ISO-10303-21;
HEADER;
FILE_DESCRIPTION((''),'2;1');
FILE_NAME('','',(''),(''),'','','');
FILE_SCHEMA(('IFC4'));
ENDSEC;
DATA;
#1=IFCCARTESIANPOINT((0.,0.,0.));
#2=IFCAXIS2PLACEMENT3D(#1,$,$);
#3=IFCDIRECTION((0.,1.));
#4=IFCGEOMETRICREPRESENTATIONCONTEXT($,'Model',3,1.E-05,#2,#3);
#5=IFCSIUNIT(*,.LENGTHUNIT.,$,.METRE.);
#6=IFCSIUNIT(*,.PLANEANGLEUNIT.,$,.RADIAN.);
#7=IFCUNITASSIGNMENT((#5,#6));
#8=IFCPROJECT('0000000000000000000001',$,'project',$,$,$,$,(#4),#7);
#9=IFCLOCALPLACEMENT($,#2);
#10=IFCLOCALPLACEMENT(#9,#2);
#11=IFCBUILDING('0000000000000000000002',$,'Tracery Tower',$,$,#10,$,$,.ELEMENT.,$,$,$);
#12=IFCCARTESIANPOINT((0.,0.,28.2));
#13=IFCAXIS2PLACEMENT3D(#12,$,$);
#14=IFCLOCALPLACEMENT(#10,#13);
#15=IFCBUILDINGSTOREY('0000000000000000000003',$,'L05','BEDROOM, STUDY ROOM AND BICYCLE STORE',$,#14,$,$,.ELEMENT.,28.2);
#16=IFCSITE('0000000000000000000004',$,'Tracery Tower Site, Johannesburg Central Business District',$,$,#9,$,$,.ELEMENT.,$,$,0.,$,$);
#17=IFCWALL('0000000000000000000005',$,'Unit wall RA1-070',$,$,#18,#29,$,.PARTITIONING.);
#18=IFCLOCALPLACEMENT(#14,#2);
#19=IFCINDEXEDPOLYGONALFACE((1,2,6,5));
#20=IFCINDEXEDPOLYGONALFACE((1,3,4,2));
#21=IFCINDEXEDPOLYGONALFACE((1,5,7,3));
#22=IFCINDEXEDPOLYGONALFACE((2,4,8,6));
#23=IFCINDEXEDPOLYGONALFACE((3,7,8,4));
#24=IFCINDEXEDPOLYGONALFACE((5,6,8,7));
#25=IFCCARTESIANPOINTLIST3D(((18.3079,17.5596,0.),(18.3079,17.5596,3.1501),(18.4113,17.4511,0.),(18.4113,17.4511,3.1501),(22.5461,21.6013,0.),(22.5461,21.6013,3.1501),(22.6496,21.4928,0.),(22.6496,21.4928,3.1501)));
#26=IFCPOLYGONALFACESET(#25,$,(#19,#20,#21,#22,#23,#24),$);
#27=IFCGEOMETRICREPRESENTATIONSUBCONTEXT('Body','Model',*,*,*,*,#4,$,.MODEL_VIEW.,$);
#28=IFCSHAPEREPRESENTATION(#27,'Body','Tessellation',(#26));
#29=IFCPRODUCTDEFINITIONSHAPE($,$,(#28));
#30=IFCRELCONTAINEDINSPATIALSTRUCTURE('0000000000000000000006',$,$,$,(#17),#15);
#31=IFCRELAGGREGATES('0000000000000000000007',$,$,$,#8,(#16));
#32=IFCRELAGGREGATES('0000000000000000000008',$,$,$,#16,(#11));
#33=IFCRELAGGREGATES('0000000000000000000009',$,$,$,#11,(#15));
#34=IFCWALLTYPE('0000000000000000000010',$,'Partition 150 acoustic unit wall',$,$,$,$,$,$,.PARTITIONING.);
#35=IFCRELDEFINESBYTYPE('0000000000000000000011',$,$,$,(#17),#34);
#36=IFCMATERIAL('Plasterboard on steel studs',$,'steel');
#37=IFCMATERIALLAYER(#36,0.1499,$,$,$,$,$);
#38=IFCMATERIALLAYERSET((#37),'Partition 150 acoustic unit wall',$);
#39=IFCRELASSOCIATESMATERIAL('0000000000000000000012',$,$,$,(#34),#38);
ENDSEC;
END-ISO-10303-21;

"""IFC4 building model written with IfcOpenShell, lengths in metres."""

from ifc_helpers import new_model, si_unit, direction, frame, frame_2d, origin, place, context, subcontext, project, spatial, rectangle, extrude, material, layer, layer_set, type_object, element, save


model = new_model("IFC4")

# Units and contexts
model_context = context("Model", 3, precision=1e-05, world=origin(), true_north=direction((0.0, 1.0)))
body_context = subcontext(model_context, "Body", "Model", "MODEL_VIEW")
ifc_project = project(units=[si_unit("LENGTHUNIT", "METRE"), si_unit("PLANEANGLEUNIT", "RADIAN")], contexts=[model_context])

# Site, building, storey
site_placement = place(None, origin())
site = spatial("IfcSite", under=ifc_project, at=site_placement, Name="Tracery Tower Site, Johannesburg Central Business District", CompositionType="ELEMENT", RefElevation=0.0)
building_placement = place(site_placement, origin())
building = spatial("IfcBuilding", under=site, at=building_placement, Name="Tracery Tower", CompositionType="ELEMENT")
storey_placement = place(building_placement, frame((0.0, 0.0, 28.2)))
storey = spatial("IfcBuildingStorey", under=building, at=storey_placement, Name="L05", Description="BEDROOM, STUDY ROOM AND BICYCLE STORE", CompositionType="ELEMENT", Elevation=28.2)

# Wall
ifc_material_1 = material(Name="Plasterboard on steel studs", Category="steel")
ifc_layer_1 = layer(ifc_material_1, 0.1499)
ifc_layer_set_1 = layer_set([ifc_layer_1], Name="Partition 150 acoustic unit wall")
wall_type_1 = type_object("IfcWallType", Name="Partition 150 acoustic unit wall", PredefinedType="PARTITIONING", material=ifc_layer_set_1)
wall_1_placement = place(storey_placement, frame((18.3596, 17.5054, 0.0), z_axis=(0.0, 0.0, 1.0), x_axis=(0.723687, 0.690129, 0.0)))
element("IfcWall", 1, at=wall_1_placement, inside=storey, type_object=wall_type_1, Name="Unit wall RA1-070", PredefinedType="PARTITIONING", context=body_context, shape_type="SweptSolid", body=[
    extrude(rectangle(XDim=5.8564, YDim=0.1499, at=frame_2d((2.9282, 0.0))), origin(), (0.0, 0.0, 1.0), 3.1501),
])

save(model, "model.ifc")
